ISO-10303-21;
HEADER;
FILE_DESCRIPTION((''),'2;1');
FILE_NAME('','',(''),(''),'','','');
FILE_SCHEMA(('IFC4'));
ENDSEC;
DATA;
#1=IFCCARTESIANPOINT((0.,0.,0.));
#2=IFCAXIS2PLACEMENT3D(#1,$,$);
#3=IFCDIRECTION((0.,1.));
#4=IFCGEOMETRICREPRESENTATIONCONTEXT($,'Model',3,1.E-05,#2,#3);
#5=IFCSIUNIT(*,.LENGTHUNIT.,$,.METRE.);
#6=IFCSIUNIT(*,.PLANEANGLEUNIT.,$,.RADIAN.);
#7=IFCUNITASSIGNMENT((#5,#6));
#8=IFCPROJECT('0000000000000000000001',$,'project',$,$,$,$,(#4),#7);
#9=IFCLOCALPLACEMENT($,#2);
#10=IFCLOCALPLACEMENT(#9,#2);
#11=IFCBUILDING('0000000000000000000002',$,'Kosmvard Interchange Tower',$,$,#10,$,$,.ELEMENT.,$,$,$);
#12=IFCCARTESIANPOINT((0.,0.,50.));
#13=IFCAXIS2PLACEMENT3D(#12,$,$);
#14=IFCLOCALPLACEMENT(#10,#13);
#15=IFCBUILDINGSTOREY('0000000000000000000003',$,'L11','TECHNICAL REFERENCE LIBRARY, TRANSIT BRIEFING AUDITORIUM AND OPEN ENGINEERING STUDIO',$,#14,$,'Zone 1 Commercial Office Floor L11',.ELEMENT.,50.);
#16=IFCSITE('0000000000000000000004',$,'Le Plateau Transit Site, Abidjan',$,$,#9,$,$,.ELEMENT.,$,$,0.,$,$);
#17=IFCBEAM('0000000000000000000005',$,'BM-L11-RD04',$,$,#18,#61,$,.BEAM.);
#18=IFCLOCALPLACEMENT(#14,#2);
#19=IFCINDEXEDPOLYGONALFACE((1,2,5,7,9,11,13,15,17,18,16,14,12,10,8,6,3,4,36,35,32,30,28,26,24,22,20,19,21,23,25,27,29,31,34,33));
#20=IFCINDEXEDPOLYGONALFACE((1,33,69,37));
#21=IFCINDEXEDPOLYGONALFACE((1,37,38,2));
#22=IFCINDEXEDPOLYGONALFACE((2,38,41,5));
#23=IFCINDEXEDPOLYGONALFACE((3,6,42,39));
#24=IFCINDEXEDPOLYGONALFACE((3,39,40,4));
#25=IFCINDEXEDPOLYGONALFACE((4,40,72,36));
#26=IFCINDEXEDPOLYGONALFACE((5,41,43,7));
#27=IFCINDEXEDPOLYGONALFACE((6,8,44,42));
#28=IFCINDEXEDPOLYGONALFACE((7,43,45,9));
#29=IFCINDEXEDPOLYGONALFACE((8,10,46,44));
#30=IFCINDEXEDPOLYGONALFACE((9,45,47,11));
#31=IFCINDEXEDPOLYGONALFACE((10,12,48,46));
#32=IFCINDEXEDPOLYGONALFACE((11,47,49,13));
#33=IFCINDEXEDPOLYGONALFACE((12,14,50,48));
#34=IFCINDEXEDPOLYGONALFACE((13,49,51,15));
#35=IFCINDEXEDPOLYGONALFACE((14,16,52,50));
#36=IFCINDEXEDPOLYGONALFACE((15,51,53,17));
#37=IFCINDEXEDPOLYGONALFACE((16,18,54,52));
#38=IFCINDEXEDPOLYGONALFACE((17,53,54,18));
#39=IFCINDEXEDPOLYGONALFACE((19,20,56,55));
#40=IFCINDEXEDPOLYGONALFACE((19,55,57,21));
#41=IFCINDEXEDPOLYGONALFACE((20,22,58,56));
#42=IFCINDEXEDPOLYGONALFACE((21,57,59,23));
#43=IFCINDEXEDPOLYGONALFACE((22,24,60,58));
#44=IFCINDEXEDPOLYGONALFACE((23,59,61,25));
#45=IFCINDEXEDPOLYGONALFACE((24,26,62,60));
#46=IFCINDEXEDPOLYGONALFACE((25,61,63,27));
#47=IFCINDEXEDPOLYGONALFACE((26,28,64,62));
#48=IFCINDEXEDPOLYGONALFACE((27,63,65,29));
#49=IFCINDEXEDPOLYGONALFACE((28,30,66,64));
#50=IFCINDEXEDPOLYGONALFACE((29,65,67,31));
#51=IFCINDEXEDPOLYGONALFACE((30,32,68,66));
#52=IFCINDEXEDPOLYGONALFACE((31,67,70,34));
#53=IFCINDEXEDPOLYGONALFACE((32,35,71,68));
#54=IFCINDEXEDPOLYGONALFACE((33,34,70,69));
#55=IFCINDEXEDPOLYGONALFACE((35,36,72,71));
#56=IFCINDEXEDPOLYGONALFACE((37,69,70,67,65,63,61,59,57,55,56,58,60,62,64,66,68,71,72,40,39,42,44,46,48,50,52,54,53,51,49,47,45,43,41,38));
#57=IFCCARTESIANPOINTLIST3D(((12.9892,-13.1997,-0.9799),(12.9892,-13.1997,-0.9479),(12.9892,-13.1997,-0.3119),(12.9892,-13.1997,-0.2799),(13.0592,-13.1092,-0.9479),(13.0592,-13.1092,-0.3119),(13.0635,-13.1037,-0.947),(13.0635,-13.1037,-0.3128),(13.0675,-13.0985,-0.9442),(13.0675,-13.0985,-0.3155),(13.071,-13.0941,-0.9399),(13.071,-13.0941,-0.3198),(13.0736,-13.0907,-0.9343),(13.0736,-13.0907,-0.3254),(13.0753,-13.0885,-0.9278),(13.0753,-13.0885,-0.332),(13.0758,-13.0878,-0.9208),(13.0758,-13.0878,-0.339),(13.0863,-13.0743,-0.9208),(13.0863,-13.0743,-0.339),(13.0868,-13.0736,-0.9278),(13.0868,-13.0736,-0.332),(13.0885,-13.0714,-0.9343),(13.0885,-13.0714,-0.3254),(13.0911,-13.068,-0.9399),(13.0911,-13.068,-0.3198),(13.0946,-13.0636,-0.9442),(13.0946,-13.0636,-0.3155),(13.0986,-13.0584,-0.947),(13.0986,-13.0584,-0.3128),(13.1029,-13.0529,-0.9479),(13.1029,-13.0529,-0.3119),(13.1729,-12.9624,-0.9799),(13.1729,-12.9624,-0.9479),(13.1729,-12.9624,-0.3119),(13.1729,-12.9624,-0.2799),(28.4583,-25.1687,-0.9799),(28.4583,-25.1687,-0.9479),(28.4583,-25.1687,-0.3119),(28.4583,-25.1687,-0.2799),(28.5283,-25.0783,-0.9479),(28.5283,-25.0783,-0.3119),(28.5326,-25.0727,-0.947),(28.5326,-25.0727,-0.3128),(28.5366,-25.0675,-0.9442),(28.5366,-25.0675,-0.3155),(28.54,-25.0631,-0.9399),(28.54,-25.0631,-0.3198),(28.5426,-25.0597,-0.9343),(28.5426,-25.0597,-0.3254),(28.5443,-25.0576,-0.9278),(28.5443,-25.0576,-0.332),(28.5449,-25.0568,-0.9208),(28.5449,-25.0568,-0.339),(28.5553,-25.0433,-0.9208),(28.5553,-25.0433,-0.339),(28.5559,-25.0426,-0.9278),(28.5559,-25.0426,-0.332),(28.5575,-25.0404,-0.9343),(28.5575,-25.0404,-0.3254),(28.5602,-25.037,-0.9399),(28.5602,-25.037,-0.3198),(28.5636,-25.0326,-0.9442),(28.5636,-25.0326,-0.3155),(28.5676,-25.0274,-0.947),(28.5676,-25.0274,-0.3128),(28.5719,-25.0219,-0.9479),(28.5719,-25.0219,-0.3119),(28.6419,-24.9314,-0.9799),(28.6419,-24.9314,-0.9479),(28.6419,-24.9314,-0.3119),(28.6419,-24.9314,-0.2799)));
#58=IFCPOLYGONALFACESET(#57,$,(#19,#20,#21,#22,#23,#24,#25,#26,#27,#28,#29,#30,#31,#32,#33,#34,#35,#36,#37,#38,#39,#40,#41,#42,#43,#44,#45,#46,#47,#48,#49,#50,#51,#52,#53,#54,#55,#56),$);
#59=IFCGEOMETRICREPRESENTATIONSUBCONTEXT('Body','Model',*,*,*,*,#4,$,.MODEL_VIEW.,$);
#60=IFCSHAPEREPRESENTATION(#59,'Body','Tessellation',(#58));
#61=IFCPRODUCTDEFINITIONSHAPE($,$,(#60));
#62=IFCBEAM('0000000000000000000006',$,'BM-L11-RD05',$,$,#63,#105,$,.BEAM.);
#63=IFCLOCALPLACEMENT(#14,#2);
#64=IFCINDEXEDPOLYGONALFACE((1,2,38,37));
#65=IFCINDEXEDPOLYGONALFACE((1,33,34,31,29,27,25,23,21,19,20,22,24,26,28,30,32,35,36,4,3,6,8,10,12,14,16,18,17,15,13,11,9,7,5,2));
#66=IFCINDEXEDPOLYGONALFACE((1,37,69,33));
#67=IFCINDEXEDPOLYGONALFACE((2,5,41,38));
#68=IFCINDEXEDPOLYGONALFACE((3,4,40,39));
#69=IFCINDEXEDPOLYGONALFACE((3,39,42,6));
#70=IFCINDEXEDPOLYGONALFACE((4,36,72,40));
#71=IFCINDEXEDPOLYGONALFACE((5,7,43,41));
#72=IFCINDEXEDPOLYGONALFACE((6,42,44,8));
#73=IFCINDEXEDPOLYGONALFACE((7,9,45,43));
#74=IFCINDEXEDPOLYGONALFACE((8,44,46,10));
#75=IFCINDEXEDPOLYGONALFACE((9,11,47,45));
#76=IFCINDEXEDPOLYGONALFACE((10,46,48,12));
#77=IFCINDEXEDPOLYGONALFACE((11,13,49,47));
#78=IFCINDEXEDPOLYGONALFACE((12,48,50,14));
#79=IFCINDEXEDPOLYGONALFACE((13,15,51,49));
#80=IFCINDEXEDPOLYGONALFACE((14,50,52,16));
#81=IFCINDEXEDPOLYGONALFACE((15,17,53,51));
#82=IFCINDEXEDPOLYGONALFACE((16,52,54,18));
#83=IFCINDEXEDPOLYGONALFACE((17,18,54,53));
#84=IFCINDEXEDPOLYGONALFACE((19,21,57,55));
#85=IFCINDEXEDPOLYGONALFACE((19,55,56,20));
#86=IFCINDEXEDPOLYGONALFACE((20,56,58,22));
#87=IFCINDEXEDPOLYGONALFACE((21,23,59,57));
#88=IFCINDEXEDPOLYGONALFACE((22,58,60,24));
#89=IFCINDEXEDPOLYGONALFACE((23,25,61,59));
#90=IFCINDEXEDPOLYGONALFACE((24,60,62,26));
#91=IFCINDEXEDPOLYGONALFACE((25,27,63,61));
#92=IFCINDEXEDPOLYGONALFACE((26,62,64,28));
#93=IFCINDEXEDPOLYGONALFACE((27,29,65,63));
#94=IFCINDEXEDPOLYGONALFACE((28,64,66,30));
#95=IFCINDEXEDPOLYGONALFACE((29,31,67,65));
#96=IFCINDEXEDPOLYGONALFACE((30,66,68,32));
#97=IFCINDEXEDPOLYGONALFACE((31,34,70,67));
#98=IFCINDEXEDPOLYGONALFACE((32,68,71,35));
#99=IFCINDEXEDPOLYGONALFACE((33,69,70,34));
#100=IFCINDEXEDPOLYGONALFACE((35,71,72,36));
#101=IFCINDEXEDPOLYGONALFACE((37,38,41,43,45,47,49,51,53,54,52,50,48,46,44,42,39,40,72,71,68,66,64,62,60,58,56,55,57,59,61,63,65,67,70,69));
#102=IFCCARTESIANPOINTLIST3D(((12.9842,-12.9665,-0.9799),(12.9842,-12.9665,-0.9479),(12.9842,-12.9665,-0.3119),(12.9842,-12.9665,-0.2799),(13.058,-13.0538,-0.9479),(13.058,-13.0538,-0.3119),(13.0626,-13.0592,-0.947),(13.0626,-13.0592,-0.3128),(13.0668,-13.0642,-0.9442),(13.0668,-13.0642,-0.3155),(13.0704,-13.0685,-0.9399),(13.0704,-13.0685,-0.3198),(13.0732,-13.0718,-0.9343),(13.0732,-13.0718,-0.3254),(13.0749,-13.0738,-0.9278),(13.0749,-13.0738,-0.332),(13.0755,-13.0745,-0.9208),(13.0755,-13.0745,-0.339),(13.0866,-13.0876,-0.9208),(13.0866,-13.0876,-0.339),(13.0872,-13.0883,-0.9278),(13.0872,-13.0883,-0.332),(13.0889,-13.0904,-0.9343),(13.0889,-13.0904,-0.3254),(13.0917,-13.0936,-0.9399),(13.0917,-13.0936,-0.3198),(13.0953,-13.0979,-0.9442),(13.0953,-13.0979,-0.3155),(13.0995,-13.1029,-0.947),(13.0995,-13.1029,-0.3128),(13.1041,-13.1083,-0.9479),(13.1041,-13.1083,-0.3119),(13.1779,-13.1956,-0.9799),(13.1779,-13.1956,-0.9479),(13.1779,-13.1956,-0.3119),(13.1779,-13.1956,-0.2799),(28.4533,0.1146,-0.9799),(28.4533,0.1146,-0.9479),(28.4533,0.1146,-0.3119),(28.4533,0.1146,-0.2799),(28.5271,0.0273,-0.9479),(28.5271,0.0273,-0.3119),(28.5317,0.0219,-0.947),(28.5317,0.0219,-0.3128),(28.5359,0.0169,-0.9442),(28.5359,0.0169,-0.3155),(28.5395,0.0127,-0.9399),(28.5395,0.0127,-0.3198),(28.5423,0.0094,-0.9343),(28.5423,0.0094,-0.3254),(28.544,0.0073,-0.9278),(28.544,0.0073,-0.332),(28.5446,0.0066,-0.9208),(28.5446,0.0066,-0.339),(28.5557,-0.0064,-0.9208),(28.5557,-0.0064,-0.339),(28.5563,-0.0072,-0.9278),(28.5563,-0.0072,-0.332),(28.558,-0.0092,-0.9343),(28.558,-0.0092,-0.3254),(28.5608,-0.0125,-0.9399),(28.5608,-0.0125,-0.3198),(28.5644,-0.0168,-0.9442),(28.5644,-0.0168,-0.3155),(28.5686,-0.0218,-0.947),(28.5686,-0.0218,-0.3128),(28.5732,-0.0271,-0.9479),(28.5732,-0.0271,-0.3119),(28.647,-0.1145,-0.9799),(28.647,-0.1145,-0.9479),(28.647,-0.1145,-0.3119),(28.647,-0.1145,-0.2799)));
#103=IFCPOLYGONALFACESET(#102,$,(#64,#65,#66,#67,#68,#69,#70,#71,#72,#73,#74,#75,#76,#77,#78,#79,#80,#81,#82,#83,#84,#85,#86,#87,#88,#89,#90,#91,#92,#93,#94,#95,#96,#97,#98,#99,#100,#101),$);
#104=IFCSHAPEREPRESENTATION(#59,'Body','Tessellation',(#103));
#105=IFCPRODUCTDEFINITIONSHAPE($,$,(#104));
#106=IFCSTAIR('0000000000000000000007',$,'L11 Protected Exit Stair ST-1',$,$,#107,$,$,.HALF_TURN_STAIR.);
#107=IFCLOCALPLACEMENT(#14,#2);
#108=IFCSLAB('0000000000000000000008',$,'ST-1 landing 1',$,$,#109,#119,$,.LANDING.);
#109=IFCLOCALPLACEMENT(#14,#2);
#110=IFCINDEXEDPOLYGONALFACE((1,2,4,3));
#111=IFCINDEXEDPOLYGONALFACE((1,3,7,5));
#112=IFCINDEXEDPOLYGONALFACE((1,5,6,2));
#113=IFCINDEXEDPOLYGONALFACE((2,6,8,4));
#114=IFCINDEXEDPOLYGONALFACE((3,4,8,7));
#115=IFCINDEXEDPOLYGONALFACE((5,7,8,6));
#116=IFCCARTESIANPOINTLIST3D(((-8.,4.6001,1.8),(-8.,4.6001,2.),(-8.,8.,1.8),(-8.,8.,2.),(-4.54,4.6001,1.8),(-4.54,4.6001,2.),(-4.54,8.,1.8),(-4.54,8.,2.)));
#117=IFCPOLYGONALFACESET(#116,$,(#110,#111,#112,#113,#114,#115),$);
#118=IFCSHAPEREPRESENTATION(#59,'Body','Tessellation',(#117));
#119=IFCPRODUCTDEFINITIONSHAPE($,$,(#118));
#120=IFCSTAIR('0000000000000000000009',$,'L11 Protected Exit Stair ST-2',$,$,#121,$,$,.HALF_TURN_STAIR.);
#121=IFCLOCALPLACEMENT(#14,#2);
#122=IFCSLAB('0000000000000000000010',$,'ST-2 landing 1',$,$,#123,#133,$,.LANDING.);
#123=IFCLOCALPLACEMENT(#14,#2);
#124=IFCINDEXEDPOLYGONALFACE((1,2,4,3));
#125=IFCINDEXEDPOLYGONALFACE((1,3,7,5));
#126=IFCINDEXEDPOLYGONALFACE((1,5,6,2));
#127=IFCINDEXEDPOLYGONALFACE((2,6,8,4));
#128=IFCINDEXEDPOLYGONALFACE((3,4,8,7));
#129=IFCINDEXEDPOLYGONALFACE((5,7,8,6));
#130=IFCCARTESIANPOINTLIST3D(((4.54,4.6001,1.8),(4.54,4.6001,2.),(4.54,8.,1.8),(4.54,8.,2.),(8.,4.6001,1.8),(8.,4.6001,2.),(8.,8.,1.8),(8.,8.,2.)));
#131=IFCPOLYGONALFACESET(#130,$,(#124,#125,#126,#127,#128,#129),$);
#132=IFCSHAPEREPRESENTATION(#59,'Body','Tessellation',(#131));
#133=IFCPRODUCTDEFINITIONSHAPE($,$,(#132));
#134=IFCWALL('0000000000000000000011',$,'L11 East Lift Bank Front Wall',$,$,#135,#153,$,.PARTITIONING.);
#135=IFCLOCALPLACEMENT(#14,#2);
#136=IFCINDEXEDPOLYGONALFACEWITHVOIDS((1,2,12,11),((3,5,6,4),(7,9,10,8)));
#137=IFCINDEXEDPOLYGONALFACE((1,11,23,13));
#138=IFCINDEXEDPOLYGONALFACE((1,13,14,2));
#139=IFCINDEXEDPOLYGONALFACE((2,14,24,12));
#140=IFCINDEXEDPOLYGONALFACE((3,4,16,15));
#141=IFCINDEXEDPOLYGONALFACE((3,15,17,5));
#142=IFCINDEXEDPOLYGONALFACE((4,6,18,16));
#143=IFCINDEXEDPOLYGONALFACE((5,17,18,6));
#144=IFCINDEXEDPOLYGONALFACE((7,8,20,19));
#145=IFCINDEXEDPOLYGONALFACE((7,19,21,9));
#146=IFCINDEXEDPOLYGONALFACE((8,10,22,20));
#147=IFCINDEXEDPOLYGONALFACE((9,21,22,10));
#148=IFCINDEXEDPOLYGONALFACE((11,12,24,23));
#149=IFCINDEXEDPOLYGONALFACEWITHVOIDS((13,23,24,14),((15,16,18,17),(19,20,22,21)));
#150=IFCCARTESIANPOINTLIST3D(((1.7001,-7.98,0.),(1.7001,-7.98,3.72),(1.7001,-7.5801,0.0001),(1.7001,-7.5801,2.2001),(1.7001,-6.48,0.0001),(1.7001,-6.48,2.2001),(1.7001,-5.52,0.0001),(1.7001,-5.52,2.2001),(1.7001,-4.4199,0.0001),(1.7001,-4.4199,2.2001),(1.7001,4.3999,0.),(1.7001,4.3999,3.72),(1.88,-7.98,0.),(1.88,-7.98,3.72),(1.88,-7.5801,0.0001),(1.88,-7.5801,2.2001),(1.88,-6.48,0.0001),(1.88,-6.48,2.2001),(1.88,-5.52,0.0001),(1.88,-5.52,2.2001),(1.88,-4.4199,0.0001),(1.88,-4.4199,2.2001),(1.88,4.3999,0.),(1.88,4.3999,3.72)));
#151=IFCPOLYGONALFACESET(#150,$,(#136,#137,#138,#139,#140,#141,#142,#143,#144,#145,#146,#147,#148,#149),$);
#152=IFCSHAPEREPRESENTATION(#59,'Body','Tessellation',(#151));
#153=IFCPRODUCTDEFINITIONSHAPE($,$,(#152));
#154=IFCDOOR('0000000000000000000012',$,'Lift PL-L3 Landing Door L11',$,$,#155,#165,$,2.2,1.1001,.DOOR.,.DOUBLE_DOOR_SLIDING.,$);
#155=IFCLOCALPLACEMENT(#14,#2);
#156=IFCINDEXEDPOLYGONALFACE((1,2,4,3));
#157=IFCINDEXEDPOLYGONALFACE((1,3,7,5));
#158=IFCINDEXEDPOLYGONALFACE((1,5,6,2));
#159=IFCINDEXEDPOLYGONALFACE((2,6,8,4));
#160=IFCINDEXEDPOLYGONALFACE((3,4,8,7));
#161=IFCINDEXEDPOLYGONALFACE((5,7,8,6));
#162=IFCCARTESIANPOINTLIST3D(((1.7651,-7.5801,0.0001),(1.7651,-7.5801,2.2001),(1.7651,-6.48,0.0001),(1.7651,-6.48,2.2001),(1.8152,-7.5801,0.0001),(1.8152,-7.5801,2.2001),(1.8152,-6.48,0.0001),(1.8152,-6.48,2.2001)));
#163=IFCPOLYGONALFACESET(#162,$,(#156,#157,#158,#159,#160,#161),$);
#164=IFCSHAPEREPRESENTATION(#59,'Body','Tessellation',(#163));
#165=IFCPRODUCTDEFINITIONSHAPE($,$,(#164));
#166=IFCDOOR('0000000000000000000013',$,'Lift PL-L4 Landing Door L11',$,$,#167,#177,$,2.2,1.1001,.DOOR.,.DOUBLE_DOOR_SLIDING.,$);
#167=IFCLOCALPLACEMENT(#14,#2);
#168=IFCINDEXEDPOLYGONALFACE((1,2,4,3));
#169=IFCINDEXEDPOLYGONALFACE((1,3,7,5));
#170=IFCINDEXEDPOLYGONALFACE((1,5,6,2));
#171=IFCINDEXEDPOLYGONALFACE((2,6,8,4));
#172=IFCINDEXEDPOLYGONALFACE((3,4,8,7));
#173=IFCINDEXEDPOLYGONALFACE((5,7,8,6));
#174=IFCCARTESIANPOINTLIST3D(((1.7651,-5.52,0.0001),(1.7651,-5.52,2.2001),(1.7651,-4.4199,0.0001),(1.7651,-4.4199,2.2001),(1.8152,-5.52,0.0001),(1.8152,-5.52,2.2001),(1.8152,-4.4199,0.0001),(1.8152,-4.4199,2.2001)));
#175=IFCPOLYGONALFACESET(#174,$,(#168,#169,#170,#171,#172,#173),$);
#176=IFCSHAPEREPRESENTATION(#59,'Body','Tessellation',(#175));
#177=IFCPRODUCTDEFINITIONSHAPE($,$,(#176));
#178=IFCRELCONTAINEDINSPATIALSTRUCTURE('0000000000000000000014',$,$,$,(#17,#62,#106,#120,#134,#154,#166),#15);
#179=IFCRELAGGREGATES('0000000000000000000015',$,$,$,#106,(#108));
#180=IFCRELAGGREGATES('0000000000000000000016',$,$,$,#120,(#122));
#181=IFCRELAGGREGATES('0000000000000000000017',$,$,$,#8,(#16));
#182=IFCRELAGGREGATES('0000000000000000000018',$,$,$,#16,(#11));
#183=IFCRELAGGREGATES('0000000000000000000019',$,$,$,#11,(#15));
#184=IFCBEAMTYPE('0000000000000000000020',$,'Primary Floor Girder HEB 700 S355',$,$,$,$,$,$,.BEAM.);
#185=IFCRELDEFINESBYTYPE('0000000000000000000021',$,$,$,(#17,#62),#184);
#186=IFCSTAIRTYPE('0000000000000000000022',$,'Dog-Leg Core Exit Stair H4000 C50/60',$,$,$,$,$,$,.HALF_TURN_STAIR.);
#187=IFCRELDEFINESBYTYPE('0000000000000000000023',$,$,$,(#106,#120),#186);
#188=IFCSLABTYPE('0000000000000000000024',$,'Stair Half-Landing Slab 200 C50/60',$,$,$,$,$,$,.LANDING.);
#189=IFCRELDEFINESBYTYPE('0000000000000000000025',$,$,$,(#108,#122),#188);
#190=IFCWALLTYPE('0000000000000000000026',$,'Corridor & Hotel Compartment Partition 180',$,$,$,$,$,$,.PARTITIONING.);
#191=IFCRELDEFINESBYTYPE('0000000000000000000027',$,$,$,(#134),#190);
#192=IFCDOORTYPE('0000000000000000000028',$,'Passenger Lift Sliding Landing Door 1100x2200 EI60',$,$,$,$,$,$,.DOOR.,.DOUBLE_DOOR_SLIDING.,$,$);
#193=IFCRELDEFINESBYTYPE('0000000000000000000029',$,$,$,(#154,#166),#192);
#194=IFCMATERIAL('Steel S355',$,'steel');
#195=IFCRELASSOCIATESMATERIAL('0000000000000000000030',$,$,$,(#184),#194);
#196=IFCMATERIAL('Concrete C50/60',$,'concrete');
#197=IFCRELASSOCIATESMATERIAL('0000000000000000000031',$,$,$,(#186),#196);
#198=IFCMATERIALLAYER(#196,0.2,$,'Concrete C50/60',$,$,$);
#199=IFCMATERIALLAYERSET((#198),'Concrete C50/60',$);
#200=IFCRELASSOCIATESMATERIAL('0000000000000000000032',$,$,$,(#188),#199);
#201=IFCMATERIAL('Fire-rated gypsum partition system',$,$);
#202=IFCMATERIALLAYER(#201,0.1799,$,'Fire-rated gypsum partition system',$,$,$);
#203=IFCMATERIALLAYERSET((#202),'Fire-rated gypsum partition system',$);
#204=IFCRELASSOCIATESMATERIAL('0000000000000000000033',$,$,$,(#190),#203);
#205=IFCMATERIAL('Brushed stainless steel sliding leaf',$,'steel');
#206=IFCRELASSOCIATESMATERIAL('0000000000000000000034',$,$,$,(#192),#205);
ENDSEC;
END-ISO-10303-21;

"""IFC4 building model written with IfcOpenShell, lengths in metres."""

from ifc_helpers import new_model, si_unit, direction, frame, frame_2d, origin, origin_2d, place, context, subcontext, project, spatial, polyline, rectangle, i_section, outline, extrude, source, transform, mapped, material, layer, layer_set, material_profile, profile_set, type_object, element, fill, aggregate, save


model = new_model("IFC4")

# Units and contexts
model_context = context("Model", 3, precision=1e-05, world=origin(), true_north=direction((0.0, 1.0)))
body_context = subcontext(model_context, "Body", "Model", "MODEL_VIEW")
ifc_project = project(units=[si_unit("LENGTHUNIT", "METRE"), si_unit("PLANEANGLEUNIT", "RADIAN")], contexts=[model_context])

# Site, building, storey
site_placement = place(None, origin())
site = spatial("IfcSite", under=ifc_project, at=site_placement, Name="Le Plateau Transit Site, Abidjan", CompositionType="ELEMENT", RefElevation=0.0)
building_placement = place(site_placement, origin())
building = spatial("IfcBuilding", under=site, at=building_placement, Name="Kosmvard Interchange Tower", CompositionType="ELEMENT")
storey_placement = place(building_placement, frame((0.0, 0.0, 50.0)))
storey = spatial("IfcBuildingStorey", under=building, at=storey_placement, Name="L11", Description="TECHNICAL REFERENCE LIBRARY, TRANSIT BRIEFING AUDITORIUM AND OPEN ENGINEERING STUDIO", LongName="Zone 1 Commercial Office Floor L11", CompositionType="ELEMENT", Elevation=50.0)

# Beams
ifc_material_1 = material(Name="Steel S355", Category="steel")
ifc_material_profile_1 = material_profile(ifc_material_1, i_section(OverallWidth=0.3, OverallDepth=0.7, WebThickness=0.0171, FlangeThickness=0.032, FilletRadius=0.0271, at=origin_2d()), Name="HEB 700")
ifc_profile_set_1 = profile_set([ifc_material_profile_1], Name="Steel S355")
beam_type_1 = type_object("IfcBeamType", Name="Primary Floor Girder HEB 700 S355", PredefinedType="BEAM", material=ifc_profile_set_1)
shared_shape_1 = source(origin(), body_context, "Body", "SweptSolid", [
    extrude(i_section(OverallWidth=0.3, OverallDepth=0.7, WebThickness=0.0171, FlangeThickness=0.032, FilletRadius=0.0271, at=origin_2d()), origin(), (0.0, 0.0, 1.0), 19.5588),
])
for number, where, z_axis, x_axis, name in (
    (1, (13.0811, -13.0811, -0.6299), (0.790897, -0.611949, 0.0), (0.611949, 0.790897, 0.0), "BM-L11-RD04"),
):
    element("IfcBeam", number, at=place(storey_placement, frame(where, z_axis=z_axis, x_axis=x_axis)), inside=storey, type_object=beam_type_1, Name=name, PredefinedType="BEAM", context=body_context, shape_type="MappedRepresentation", body=[
        mapped(shared_shape_1, transform((0.0, 0.0, 0.0), scale=1.0)),
    ])
shared_shape_2 = source(origin(), body_context, "Body", "SweptSolid", [
    extrude(i_section(OverallWidth=0.3, OverallDepth=0.7, WebThickness=0.0171, FlangeThickness=0.032, FilletRadius=0.0271, at=origin_2d()), origin(), (0.0, 0.0, 1.0), 20.2585),
])
beam_1_placement = place(storey_placement, frame((13.0811, -13.0811, -0.6299), z_axis=(0.763583, 0.645709, 0.0), x_axis=(-0.645709, 0.763583, 0.0)))
element("IfcBeam", 2, at=beam_1_placement, inside=storey, type_object=beam_type_1, Name="BM-L11-RD05", PredefinedType="BEAM", context=body_context, shape_type="MappedRepresentation", body=[
    mapped(shared_shape_2, transform((0.0, 0.0, 0.0), scale=1.0)),
])

# Stairs, slabs
ifc_material_2 = material(Name="Concrete C50/60", Category="concrete")
stair_type = type_object("IfcStairType", Name="Dog-Leg Core Exit Stair H4000 C50/60", PredefinedType="HALF_TURN_STAIR", material=ifc_material_2)
stair_1_placement = place(storey_placement, origin())
stair_1 = element("IfcStair", 3, at=stair_1_placement, inside=storey, type_object=stair_type, Name="L11 Protected Exit Stair ST-1", PredefinedType="HALF_TURN_STAIR")
ifc_layer_1 = layer(ifc_material_2, 0.2, Name="Concrete C50/60")
ifc_layer_set_1 = layer_set([ifc_layer_1], Name="Concrete C50/60")
slab_type = type_object("IfcSlabType", Name="Stair Half-Landing Slab 200 C50/60", PredefinedType="LANDING", material=ifc_layer_set_1)
slab_1_placement = place(storey_placement, frame((0.0, 0.0, 1.8)))
slab_1 = element("IfcSlab", 4, at=slab_1_placement, type_object=slab_type, Name="ST-1 landing 1", PredefinedType="LANDING", context=body_context, shape_type="SweptSolid", body=[
    extrude(outline(polyline([(-4.54, 4.6001), (-4.54, 8.0), (-8.0, 8.0), (-8.0, 4.6001), (-4.54, 4.6001)])), origin(), (0.0, 0.0, 1.0), 0.2),
])
aggregate(stair_1, [slab_1])
stair_2_placement = place(storey_placement, origin())
stair_2 = element("IfcStair", 5, at=stair_2_placement, inside=storey, type_object=stair_type, Name="L11 Protected Exit Stair ST-2", PredefinedType="HALF_TURN_STAIR")
slab_2_placement = place(storey_placement, frame((0.0, 0.0, 1.8)))
slab_2 = element("IfcSlab", 6, at=slab_2_placement, type_object=slab_type, Name="ST-2 landing 1", PredefinedType="LANDING", context=body_context, shape_type="SweptSolid", body=[
    extrude(outline(polyline([(8.0, 4.6001), (8.0, 8.0), (4.54, 8.0), (4.54, 4.6001), (8.0, 4.6001)])), origin(), (0.0, 0.0, 1.0), 0.2),
])
aggregate(stair_2, [slab_2])

# Wall, openings, doors
ifc_material_3 = material(Name="Fire-rated gypsum partition system")
ifc_layer_2 = layer(ifc_material_3, 0.1799, Name="Fire-rated gypsum partition system")
ifc_layer_set_2 = layer_set([ifc_layer_2], Name="Fire-rated gypsum partition system")
wall_type_1 = type_object("IfcWallType", Name="Corridor & Hotel Compartment Partition 180", PredefinedType="PARTITIONING", material=ifc_layer_set_2)
wall_1_placement = place(storey_placement, frame((1.79, -7.98, 0.0), z_axis=(0.0, 0.0, 1.0), x_axis=(0.0, 1.0, 0.0)))
wall_1 = element("IfcWall", 7, at=wall_1_placement, inside=storey, type_object=wall_type_1, Name="L11 East Lift Bank Front Wall", PredefinedType="PARTITIONING", context=body_context, shape_type="SweptSolid", body=[
    extrude(rectangle(XDim=12.3799, YDim=0.1799, at=frame_2d((6.1899, 0.0))), origin(), (0.0, 0.0, 1.0), 3.72),
])
opening_1_placement = place(wall_1_placement, frame((0.3999, 0.0, 0.0)))
opening_1 = element("IfcOpeningElement", 8, at=opening_1_placement, cuts=wall_1, PredefinedType="OPENING", context=body_context, shape_type="SweptSolid", body=[
    extrude(rectangle(XDim=1.1001, YDim=2.2, at=frame_2d((0.55, 1.1001))), frame((0.0, 0.1001, 0.0), z_axis=(0.0, -1.0, 0.0), x_axis=(1.0, 0.0, 0.0)), (0.0, 0.0, 1.0), 0.2),
])
opening_2_placement = place(wall_1_placement, frame((2.46, 0.0, 0.0)))
opening_2 = element("IfcOpeningElement", 9, at=opening_2_placement, cuts=wall_1, PredefinedType="OPENING", context=body_context, shape_type="SweptSolid", body=[
    extrude(rectangle(XDim=1.1001, YDim=2.2, at=frame_2d((0.55, 1.1001))), frame((0.0, 0.1001, 0.0), z_axis=(0.0, -1.0, 0.0), x_axis=(1.0, 0.0, 0.0)), (0.0, 0.0, 1.0), 0.2),
])
ifc_material_4 = material(Name="Brushed stainless steel sliding leaf", Category="steel")
door_type_1 = type_object("IfcDoorType", Name="Passenger Lift Sliding Landing Door 1100x2200 EI60", OperationType="DOUBLE_DOOR_SLIDING", PredefinedType="DOOR", material=ifc_material_4)
shared_shape_3 = source(origin(), body_context, "Body", "SweptSolid", [
    extrude(rectangle(XDim=1.1001, YDim=2.2, at=frame_2d((0.55, 1.1001))), frame((0.0, 0.0249, 0.0), z_axis=(0.0, -1.0, 0.0), x_axis=(1.0, 0.0, 0.0)), (0.0, 0.0, 1.0), 0.05),
])
door_1_placement = place(opening_1_placement, origin())
door_1 = element("IfcDoor", 10, at=door_1_placement, inside=storey, type_object=door_type_1, Name="Lift PL-L3 Landing Door L11", OperationType="DOUBLE_DOOR_SLIDING", OverallHeight=2.2, OverallWidth=1.1001, PredefinedType="DOOR", context=body_context, shape_type="MappedRepresentation", body=[
    mapped(shared_shape_3, transform((0.0, 0.0, 0.0), scale=1.0)),
])
fill(opening_1, door_1)
door_2_placement = place(opening_2_placement, origin())
door_2 = element("IfcDoor", 11, at=door_2_placement, inside=storey, type_object=door_type_1, Name="Lift PL-L4 Landing Door L11", OperationType="DOUBLE_DOOR_SLIDING", OverallHeight=2.2, OverallWidth=1.1001, PredefinedType="DOOR", context=body_context, shape_type="MappedRepresentation", body=[
    mapped(shared_shape_3, transform((0.0, 0.0, 0.0), scale=1.0)),
])
fill(opening_2, door_2)

save(model, "model.ifc")
